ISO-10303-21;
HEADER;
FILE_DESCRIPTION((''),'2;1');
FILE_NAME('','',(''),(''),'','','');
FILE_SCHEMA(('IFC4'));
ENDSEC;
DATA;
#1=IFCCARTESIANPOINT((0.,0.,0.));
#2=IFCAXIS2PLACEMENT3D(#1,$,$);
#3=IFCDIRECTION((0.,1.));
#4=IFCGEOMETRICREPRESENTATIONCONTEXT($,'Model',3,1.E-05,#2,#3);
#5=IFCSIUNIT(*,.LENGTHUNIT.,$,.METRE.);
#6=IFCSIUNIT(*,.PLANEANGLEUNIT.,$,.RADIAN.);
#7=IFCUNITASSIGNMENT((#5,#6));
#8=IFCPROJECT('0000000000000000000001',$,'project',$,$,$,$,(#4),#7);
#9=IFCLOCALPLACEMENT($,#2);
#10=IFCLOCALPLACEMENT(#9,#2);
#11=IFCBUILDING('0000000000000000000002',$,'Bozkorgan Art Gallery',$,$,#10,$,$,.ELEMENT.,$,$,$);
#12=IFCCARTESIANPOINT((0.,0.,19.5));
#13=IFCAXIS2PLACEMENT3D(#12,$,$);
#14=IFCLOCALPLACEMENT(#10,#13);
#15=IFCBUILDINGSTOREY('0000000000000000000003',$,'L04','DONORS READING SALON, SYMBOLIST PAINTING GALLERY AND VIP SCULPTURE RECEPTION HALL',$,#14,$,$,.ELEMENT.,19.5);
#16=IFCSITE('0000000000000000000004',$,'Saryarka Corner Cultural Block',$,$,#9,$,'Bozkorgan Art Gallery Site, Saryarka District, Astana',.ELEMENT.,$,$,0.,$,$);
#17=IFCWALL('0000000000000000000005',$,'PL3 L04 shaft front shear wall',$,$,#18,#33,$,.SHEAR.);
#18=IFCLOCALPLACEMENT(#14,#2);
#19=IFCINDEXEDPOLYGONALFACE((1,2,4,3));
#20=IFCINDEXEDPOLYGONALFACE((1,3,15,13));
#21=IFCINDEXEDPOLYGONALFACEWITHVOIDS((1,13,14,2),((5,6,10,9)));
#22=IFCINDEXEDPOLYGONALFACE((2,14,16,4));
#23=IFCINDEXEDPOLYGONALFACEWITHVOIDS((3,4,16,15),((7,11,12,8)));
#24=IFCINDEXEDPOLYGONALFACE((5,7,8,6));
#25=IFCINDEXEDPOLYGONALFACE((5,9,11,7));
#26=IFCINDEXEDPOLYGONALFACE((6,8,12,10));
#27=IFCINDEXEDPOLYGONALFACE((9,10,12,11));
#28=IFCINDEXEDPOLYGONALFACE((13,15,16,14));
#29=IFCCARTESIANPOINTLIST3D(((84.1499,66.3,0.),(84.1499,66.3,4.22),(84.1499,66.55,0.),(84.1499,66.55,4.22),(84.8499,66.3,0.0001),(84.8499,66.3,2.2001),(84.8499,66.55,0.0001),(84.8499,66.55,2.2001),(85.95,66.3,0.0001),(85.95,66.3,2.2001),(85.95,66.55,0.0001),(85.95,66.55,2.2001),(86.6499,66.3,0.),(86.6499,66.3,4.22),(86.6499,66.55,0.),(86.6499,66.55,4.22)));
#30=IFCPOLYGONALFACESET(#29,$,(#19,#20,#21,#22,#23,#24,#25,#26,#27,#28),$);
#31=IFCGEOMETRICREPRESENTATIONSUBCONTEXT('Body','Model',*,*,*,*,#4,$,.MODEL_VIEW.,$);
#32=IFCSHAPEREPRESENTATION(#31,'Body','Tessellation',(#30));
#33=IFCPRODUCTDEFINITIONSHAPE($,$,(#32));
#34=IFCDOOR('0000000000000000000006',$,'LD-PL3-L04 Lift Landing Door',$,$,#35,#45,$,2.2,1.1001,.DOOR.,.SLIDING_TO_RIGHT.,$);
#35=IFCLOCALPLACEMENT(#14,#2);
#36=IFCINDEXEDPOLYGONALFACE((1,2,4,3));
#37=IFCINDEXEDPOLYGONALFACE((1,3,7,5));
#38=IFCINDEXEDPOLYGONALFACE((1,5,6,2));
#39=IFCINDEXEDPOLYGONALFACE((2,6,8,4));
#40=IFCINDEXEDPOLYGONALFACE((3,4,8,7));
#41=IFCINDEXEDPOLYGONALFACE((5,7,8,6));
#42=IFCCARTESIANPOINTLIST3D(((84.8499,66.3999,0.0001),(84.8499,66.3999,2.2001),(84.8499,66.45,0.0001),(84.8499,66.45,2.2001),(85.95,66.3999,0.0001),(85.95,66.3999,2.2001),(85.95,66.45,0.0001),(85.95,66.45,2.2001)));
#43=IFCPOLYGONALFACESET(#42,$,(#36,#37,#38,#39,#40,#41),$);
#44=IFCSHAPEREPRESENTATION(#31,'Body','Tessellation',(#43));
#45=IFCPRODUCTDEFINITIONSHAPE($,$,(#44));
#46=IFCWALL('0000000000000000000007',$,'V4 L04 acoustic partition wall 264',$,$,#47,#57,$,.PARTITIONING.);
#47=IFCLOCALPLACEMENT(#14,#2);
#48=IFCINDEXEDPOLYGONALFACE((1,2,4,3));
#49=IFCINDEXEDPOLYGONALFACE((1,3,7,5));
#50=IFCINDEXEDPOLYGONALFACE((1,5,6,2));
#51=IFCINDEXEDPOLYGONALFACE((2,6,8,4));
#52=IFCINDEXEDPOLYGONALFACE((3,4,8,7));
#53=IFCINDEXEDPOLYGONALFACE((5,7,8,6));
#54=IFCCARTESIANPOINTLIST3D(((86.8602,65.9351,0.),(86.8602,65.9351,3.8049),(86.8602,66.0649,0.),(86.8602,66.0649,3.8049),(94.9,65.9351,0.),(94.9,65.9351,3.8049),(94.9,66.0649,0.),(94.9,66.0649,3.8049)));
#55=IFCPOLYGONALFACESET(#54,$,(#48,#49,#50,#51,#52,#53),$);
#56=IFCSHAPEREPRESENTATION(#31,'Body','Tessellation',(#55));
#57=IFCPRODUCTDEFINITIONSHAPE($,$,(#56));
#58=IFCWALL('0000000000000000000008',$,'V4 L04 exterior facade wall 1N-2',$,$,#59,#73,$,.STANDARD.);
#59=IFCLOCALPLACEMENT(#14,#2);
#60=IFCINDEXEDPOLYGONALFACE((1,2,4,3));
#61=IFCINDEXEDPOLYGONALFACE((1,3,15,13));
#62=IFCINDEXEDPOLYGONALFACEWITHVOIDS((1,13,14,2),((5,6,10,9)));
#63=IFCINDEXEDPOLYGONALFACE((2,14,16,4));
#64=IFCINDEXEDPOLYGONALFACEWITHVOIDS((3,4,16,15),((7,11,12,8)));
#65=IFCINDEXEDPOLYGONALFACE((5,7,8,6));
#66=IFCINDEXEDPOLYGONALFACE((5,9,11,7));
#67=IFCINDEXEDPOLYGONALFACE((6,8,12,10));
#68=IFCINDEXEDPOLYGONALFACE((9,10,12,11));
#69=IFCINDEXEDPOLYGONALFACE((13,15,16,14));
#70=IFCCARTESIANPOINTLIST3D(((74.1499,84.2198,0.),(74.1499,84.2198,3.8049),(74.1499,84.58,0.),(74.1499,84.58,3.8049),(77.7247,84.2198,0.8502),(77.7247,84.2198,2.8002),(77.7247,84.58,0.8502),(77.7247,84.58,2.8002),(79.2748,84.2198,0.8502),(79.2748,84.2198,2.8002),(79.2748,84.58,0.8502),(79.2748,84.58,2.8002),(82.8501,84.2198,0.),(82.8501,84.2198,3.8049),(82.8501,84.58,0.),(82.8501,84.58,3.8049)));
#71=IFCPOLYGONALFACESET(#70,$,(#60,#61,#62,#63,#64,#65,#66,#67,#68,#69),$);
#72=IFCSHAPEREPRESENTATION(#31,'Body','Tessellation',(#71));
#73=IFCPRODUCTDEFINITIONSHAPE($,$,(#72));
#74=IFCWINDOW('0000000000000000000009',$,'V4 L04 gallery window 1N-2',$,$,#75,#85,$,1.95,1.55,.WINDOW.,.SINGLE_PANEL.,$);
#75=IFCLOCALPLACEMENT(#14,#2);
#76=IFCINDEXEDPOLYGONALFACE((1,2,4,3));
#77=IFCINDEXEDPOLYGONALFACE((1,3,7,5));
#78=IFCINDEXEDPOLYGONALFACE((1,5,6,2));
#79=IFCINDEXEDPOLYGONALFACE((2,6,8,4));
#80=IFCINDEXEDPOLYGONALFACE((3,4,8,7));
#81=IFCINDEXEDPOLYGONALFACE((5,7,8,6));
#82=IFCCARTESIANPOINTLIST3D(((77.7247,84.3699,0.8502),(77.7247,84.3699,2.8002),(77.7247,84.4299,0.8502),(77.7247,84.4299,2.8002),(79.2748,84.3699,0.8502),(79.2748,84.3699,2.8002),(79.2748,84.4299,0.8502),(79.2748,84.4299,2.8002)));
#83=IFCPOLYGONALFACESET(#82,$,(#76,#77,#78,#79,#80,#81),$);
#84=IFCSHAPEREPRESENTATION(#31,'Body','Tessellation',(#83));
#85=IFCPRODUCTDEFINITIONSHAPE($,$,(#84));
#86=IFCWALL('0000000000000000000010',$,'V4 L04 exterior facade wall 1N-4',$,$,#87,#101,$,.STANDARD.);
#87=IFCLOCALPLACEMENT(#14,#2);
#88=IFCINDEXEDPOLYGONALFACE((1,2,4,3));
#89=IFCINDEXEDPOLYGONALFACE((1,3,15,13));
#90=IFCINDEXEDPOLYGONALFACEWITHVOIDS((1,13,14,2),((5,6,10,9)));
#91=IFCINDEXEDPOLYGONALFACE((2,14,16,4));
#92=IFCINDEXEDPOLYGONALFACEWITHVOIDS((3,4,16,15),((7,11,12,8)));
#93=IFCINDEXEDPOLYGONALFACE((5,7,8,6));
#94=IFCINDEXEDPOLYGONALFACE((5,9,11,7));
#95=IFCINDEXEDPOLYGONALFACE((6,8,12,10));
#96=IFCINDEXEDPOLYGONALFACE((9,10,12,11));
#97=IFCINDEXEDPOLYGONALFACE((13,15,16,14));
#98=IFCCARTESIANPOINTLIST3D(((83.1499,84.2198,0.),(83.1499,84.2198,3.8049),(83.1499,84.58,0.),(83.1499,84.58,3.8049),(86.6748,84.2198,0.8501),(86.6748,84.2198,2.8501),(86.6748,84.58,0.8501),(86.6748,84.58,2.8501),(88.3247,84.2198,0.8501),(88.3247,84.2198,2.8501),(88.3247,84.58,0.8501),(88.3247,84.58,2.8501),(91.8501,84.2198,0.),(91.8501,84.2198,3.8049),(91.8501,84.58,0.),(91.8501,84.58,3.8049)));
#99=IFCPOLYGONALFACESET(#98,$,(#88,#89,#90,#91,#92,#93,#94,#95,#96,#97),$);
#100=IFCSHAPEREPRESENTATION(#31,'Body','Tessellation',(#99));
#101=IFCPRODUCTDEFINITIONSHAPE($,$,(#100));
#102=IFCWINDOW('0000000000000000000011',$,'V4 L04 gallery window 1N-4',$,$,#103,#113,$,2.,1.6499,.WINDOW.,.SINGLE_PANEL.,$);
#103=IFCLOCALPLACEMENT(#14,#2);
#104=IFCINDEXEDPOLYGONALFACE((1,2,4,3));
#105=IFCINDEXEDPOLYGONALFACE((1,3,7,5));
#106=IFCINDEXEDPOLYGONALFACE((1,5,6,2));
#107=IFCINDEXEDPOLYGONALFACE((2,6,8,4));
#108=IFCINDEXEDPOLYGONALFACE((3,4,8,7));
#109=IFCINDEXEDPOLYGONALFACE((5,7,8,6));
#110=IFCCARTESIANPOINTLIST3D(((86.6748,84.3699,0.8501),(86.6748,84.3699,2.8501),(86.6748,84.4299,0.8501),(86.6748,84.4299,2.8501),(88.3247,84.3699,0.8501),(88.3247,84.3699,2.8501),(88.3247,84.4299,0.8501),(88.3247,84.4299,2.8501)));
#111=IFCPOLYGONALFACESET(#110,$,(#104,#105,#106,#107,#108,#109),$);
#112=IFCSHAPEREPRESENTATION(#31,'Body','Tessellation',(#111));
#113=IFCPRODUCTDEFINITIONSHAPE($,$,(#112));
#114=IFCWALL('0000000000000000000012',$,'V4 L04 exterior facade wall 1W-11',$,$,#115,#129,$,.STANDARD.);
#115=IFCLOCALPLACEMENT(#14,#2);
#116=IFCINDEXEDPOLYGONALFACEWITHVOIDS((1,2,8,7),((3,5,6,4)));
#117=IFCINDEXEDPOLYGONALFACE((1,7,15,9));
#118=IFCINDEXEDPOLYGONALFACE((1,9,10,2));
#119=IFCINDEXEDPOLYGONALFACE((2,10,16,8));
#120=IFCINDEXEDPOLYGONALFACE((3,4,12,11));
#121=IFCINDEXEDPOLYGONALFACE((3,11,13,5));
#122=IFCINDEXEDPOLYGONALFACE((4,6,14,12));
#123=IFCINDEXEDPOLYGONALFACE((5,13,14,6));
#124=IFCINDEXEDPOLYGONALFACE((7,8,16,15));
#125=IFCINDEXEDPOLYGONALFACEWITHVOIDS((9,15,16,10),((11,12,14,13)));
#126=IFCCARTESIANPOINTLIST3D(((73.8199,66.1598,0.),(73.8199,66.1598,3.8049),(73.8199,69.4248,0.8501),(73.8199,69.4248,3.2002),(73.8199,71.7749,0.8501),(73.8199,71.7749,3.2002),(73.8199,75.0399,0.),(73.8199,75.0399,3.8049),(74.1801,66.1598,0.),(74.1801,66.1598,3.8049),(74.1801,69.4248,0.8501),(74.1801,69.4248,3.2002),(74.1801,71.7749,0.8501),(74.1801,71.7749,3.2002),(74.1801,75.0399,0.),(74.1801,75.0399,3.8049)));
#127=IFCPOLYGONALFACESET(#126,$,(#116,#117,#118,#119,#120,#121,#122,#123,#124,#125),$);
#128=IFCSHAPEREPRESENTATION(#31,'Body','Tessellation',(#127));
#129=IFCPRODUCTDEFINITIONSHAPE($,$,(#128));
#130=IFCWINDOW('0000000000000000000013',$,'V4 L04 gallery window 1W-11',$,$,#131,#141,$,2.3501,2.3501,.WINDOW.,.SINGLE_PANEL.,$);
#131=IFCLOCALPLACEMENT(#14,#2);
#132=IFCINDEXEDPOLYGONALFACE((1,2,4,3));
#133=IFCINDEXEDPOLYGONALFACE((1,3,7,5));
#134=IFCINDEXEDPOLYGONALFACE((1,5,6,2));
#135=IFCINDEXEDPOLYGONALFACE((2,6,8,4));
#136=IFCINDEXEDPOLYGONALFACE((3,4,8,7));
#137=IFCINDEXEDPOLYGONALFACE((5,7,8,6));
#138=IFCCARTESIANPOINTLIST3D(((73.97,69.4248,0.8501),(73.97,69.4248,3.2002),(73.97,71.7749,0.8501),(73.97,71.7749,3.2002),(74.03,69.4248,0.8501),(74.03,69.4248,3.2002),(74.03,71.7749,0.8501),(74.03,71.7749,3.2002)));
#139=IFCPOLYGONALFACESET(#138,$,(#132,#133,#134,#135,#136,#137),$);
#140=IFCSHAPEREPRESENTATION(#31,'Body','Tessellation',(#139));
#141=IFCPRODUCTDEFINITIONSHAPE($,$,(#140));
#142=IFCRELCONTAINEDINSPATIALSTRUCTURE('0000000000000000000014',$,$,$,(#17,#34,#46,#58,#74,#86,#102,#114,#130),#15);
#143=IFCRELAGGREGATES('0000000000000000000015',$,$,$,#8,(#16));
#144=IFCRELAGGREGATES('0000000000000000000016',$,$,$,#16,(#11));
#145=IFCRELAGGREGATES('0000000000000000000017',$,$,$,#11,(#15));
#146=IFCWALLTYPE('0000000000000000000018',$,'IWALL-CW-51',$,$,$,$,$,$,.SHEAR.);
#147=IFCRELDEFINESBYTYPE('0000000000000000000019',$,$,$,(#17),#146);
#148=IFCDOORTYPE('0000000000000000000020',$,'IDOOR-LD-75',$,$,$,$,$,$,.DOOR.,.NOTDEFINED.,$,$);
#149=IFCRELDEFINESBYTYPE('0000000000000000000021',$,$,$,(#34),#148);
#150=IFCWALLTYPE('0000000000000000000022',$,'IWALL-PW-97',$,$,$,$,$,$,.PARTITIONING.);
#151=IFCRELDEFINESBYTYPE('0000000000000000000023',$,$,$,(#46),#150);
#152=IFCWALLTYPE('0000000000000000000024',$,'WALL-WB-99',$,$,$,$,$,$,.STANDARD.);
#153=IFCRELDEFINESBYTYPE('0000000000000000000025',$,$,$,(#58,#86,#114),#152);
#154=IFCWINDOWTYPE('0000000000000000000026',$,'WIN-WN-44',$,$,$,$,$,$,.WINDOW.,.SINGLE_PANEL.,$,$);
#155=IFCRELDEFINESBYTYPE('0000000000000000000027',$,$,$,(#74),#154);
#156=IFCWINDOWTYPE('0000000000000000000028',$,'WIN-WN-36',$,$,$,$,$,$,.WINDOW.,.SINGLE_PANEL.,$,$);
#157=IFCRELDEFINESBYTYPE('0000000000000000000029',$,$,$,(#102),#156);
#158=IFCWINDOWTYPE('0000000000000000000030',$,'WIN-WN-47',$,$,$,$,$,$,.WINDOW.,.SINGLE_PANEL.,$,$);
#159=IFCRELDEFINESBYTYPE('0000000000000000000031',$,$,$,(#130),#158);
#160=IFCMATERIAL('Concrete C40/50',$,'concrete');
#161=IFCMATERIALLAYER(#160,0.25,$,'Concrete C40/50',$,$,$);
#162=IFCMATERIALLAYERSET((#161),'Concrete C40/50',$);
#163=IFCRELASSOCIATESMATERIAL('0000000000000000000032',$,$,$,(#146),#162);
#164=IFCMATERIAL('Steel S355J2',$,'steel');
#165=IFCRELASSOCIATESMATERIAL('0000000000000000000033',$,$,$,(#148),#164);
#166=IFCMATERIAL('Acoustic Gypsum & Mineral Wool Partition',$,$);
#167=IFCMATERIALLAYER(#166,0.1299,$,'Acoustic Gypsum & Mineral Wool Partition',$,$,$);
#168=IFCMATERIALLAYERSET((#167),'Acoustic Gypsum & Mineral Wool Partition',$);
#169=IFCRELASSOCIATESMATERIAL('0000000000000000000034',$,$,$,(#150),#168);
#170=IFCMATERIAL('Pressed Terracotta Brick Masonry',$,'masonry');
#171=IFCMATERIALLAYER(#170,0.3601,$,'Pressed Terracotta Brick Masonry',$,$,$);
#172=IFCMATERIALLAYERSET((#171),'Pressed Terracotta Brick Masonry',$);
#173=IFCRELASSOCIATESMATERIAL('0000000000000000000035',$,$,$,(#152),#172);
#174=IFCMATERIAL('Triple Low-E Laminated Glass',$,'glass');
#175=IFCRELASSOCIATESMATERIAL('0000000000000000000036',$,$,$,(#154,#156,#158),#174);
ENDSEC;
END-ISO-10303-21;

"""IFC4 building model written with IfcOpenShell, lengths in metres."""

from ifc_helpers import new_model, si_unit, direction, frame, frame_2d, origin, place, context, subcontext, project, spatial, rectangle, extrude, material, layer, layer_set, type_object, element, fill, save


model = new_model("IFC4")

# Units and contexts
model_context = context("Model", 3, precision=1e-05, world=origin(), true_north=direction((0.0, 1.0)))
body_context = subcontext(model_context, "Body", "Model", "MODEL_VIEW")
ifc_project = project(units=[si_unit("LENGTHUNIT", "METRE"), si_unit("PLANEANGLEUNIT", "RADIAN")], contexts=[model_context])

# Site, building, storey
site_placement = place(None, origin())
site = spatial("IfcSite", under=ifc_project, at=site_placement, Name="Saryarka Corner Cultural Block", LongName="Bozkorgan Art Gallery Site, Saryarka District, Astana", CompositionType="ELEMENT", RefElevation=0.0)
building_placement = place(site_placement, origin())
building = spatial("IfcBuilding", under=site, at=building_placement, Name="Bozkorgan Art Gallery", CompositionType="ELEMENT")
storey_placement = place(building_placement, frame((0.0, 0.0, 19.5)))
storey = spatial("IfcBuildingStorey", under=building, at=storey_placement, Name="L04", Description="DONORS READING SALON, SYMBOLIST PAINTING GALLERY AND VIP SCULPTURE RECEPTION HALL", CompositionType="ELEMENT", Elevation=19.5)

# Shared definitions
ifc_material_1 = material(Name="Steel S355J2", Category="steel")

# Wall, opening, door
ifc_material_2 = material(Name="Concrete C40/50", Category="concrete")
ifc_layer_1 = layer(ifc_material_2, 0.25, Name="Concrete C40/50")
ifc_layer_set_1 = layer_set([ifc_layer_1], Name="Concrete C40/50")
wall_type_1 = type_object("IfcWallType", Name="IWALL-CW-51", PredefinedType="SHEAR", material=ifc_layer_set_1)
wall_1_placement = place(storey_placement, frame((84.1499, 66.425, 0.0), z_axis=(0.0, 0.0, 1.0), x_axis=(1.0, 0.0, 0.0)))
wall_1 = element("IfcWall", 1, at=wall_1_placement, inside=storey, type_object=wall_type_1, Name="PL3 L04 shaft front shear wall", PredefinedType="SHEAR", context=body_context, shape_type="SweptSolid", body=[
    extrude(rectangle(XDim=2.5, YDim=0.25, at=frame_2d((1.25, 0.0))), origin(), (0.0, 0.0, 1.0), 4.22),
])
opening_1_placement = place(wall_1_placement, frame((0.7, 0.0, 0.0)))
opening_1 = element("IfcOpeningElement", 2, at=opening_1_placement, cuts=wall_1, PredefinedType="OPENING", context=body_context, shape_type="SweptSolid", body=[
    extrude(rectangle(XDim=1.1001, YDim=2.2, at=frame_2d((0.55, 1.1001))), frame((0.0, 0.135, 0.0), z_axis=(0.0, -1.0, 0.0), x_axis=(1.0, 0.0, 0.0)), (0.0, 0.0, 1.0), 0.27),
])
door_type_1 = type_object("IfcDoorType", Name="IDOOR-LD-75", OperationType="NOTDEFINED", PredefinedType="DOOR", material=ifc_material_1)
door_1_placement = place(opening_1_placement, origin())
door_1 = element("IfcDoor", 3, at=door_1_placement, inside=storey, type_object=door_type_1, Name="LD-PL3-L04 Lift Landing Door", OperationType="SLIDING_TO_RIGHT", OverallHeight=2.2, OverallWidth=1.1001, PredefinedType="DOOR", context=body_context, shape_type="SweptSolid", body=[
    extrude(rectangle(XDim=1.1001, YDim=2.2, at=frame_2d((0.55, 1.1001))), frame((0.0, 0.0249, 0.0), z_axis=(0.0, -1.0, 0.0), x_axis=(1.0, 0.0, 0.0)), (0.0, 0.0, 1.0), 0.05),
])
fill(opening_1, door_1)

# Wall
ifc_material_3 = material(Name="Acoustic Gypsum & Mineral Wool Partition")
ifc_layer_2 = layer(ifc_material_3, 0.1299, Name="Acoustic Gypsum & Mineral Wool Partition")
ifc_layer_set_2 = layer_set([ifc_layer_2], Name="Acoustic Gypsum & Mineral Wool Partition")
wall_type_2 = type_object("IfcWallType", Name="IWALL-PW-97", PredefinedType="PARTITIONING", material=ifc_layer_set_2)
wall_2_placement = place(storey_placement, frame((86.8601, 66.0, 0.0), z_axis=(0.0, 0.0, 1.0), x_axis=(1.0, 0.0, 0.0)))
element("IfcWall", 4, at=wall_2_placement, inside=storey, type_object=wall_type_2, Name="V4 L04 acoustic partition wall 264", PredefinedType="PARTITIONING", context=body_context, shape_type="SweptSolid", body=[
    extrude(rectangle(XDim=8.0398, YDim=0.1299, at=frame_2d((4.02, 0.0))), origin(), (0.0, 0.0, 1.0), 3.8049),
])

# Walls, openings, windows
ifc_material_4 = material(Name="Pressed Terracotta Brick Masonry", Category="masonry")
ifc_layer_3 = layer(ifc_material_4, 0.3601, Name="Pressed Terracotta Brick Masonry")
ifc_layer_set_3 = layer_set([ifc_layer_3], Name="Pressed Terracotta Brick Masonry")
wall_type_3 = type_object("IfcWallType", Name="WALL-WB-99", PredefinedType="STANDARD", material=ifc_layer_set_3)
wall_3_placement = place(storey_placement, frame((74.1499, 84.3999, 0.0), z_axis=(0.0, 0.0, 1.0), x_axis=(1.0, 0.0, 0.0)))
wall_3 = element("IfcWall", 5, at=wall_3_placement, inside=storey, type_object=wall_type_3, Name="V4 L04 exterior facade wall 1N-2", PredefinedType="STANDARD", context=body_context, shape_type="SweptSolid", body=[
    extrude(rectangle(XDim=8.7002, YDim=0.3601, at=frame_2d((4.3501, 0.0))), origin(), (0.0, 0.0, 1.0), 3.8049),
])
opening_2_placement = place(wall_3_placement, frame((3.575, 0.0, 0.8501)))
opening_2 = element("IfcOpeningElement", 6, at=opening_2_placement, cuts=wall_3, PredefinedType="OPENING", context=body_context, shape_type="SweptSolid", body=[
    extrude(rectangle(XDim=1.55, YDim=1.95, at=frame_2d((0.7749, 0.9751))), frame((0.0, 0.1899, 0.0), z_axis=(0.0, -1.0, 0.0), x_axis=(1.0, 0.0, 0.0)), (0.0, 0.0, 1.0), 0.3801),
])
ifc_material_5 = material(Name="Triple Low-E Laminated Glass", Category="glass")
window_type_1 = type_object("IfcWindowType", Name="WIN-WN-44", PartitioningType="SINGLE_PANEL", PredefinedType="WINDOW", material=ifc_material_5)
window_1_placement = place(opening_2_placement, origin())
window_1 = element("IfcWindow", 7, at=window_1_placement, inside=storey, type_object=window_type_1, Name="V4 L04 gallery window 1N-2", OverallHeight=1.95, OverallWidth=1.55, PartitioningType="SINGLE_PANEL", PredefinedType="WINDOW", context=body_context, shape_type="SweptSolid", body=[
    extrude(rectangle(XDim=1.55, YDim=1.95, at=frame_2d((0.7749, 0.9751))), frame((0.0, 0.03, 0.0), z_axis=(0.0, -1.0, 0.0), x_axis=(1.0, 0.0, 0.0)), (0.0, 0.0, 1.0), 0.0601),
])
fill(opening_2, window_1)
wall_4_placement = place(storey_placement, frame((83.1499, 84.3999, 0.0), z_axis=(0.0, 0.0, 1.0), x_axis=(1.0, 0.0, 0.0)))
wall_4 = element("IfcWall", 8, at=wall_4_placement, inside=storey, type_object=wall_type_3, Name="V4 L04 exterior facade wall 1N-4", PredefinedType="STANDARD", context=body_context, shape_type="SweptSolid", body=[
    extrude(rectangle(XDim=8.7002, YDim=0.3601, at=frame_2d((4.3501, 0.0))), origin(), (0.0, 0.0, 1.0), 3.8049),
])
opening_3_placement = place(wall_4_placement, frame((3.5249, 0.0, 0.8501)))
opening_3 = element("IfcOpeningElement", 9, at=opening_3_placement, cuts=wall_4, PredefinedType="OPENING", context=body_context, shape_type="SweptSolid", body=[
    extrude(rectangle(XDim=1.6499, YDim=2.0, at=frame_2d((0.825, 1.0))), frame((0.0, 0.1899, 0.0), z_axis=(0.0, -1.0, 0.0), x_axis=(1.0, 0.0, 0.0)), (0.0, 0.0, 1.0), 0.3801),
])
window_type_2 = type_object("IfcWindowType", Name="WIN-WN-36", PartitioningType="SINGLE_PANEL", PredefinedType="WINDOW", material=ifc_material_5)
window_2_placement = place(opening_3_placement, origin())
window_2 = element("IfcWindow", 10, at=window_2_placement, inside=storey, type_object=window_type_2, Name="V4 L04 gallery window 1N-4", OverallHeight=2.0, OverallWidth=1.6499, PartitioningType="SINGLE_PANEL", PredefinedType="WINDOW", context=body_context, shape_type="SweptSolid", body=[
    extrude(rectangle(XDim=1.6499, YDim=2.0, at=frame_2d((0.825, 1.0))), frame((0.0, 0.03, 0.0), z_axis=(0.0, -1.0, 0.0), x_axis=(1.0, 0.0, 0.0)), (0.0, 0.0, 1.0), 0.0601),
])
fill(opening_3, window_2)
wall_5_placement = place(storey_placement, frame((74.0, 66.1599, 0.0), z_axis=(0.0, 0.0, 1.0), x_axis=(0.0, 1.0, 0.0)))
wall_5 = element("IfcWall", 11, at=wall_5_placement, inside=storey, type_object=wall_type_3, Name="V4 L04 exterior facade wall 1W-11", PredefinedType="STANDARD", context=body_context, shape_type="SweptSolid", body=[
    extrude(rectangle(XDim=8.8801, YDim=0.3601, at=frame_2d((4.4399, 0.0))), origin(), (0.0, 0.0, 1.0), 3.8049),
])
opening_4_placement = place(wall_5_placement, frame((3.2649, 0.0, 0.8501)))
opening_4 = element("IfcOpeningElement", 12, at=opening_4_placement, cuts=wall_5, PredefinedType="OPENING", context=body_context, shape_type="SweptSolid", body=[
    extrude(rectangle(XDim=2.3501, YDim=2.3501, at=frame_2d((1.175, 1.175))), frame((0.0, 0.1899, 0.0), z_axis=(0.0, -1.0, 0.0), x_axis=(1.0, 0.0, 0.0)), (0.0, 0.0, 1.0), 0.3801),
])
window_type_3 = type_object("IfcWindowType", Name="WIN-WN-47", PartitioningType="SINGLE_PANEL", PredefinedType="WINDOW", material=ifc_material_5)
window_3_placement = place(opening_4_placement, origin())
window_3 = element("IfcWindow", 13, at=window_3_placement, inside=storey, type_object=window_type_3, Name="V4 L04 gallery window 1W-11", OverallHeight=2.3501, OverallWidth=2.3501, PartitioningType="SINGLE_PANEL", PredefinedType="WINDOW", context=body_context, shape_type="SweptSolid", body=[
    extrude(rectangle(XDim=2.3501, YDim=2.3501, at=frame_2d((1.175, 1.175))), frame((0.0, 0.03, 0.0), z_axis=(0.0, -1.0, 0.0), x_axis=(1.0, 0.0, 0.0)), (0.0, 0.0, 1.0), 0.0601),
])
fill(opening_4, window_3)

save(model, "model.ifc")
